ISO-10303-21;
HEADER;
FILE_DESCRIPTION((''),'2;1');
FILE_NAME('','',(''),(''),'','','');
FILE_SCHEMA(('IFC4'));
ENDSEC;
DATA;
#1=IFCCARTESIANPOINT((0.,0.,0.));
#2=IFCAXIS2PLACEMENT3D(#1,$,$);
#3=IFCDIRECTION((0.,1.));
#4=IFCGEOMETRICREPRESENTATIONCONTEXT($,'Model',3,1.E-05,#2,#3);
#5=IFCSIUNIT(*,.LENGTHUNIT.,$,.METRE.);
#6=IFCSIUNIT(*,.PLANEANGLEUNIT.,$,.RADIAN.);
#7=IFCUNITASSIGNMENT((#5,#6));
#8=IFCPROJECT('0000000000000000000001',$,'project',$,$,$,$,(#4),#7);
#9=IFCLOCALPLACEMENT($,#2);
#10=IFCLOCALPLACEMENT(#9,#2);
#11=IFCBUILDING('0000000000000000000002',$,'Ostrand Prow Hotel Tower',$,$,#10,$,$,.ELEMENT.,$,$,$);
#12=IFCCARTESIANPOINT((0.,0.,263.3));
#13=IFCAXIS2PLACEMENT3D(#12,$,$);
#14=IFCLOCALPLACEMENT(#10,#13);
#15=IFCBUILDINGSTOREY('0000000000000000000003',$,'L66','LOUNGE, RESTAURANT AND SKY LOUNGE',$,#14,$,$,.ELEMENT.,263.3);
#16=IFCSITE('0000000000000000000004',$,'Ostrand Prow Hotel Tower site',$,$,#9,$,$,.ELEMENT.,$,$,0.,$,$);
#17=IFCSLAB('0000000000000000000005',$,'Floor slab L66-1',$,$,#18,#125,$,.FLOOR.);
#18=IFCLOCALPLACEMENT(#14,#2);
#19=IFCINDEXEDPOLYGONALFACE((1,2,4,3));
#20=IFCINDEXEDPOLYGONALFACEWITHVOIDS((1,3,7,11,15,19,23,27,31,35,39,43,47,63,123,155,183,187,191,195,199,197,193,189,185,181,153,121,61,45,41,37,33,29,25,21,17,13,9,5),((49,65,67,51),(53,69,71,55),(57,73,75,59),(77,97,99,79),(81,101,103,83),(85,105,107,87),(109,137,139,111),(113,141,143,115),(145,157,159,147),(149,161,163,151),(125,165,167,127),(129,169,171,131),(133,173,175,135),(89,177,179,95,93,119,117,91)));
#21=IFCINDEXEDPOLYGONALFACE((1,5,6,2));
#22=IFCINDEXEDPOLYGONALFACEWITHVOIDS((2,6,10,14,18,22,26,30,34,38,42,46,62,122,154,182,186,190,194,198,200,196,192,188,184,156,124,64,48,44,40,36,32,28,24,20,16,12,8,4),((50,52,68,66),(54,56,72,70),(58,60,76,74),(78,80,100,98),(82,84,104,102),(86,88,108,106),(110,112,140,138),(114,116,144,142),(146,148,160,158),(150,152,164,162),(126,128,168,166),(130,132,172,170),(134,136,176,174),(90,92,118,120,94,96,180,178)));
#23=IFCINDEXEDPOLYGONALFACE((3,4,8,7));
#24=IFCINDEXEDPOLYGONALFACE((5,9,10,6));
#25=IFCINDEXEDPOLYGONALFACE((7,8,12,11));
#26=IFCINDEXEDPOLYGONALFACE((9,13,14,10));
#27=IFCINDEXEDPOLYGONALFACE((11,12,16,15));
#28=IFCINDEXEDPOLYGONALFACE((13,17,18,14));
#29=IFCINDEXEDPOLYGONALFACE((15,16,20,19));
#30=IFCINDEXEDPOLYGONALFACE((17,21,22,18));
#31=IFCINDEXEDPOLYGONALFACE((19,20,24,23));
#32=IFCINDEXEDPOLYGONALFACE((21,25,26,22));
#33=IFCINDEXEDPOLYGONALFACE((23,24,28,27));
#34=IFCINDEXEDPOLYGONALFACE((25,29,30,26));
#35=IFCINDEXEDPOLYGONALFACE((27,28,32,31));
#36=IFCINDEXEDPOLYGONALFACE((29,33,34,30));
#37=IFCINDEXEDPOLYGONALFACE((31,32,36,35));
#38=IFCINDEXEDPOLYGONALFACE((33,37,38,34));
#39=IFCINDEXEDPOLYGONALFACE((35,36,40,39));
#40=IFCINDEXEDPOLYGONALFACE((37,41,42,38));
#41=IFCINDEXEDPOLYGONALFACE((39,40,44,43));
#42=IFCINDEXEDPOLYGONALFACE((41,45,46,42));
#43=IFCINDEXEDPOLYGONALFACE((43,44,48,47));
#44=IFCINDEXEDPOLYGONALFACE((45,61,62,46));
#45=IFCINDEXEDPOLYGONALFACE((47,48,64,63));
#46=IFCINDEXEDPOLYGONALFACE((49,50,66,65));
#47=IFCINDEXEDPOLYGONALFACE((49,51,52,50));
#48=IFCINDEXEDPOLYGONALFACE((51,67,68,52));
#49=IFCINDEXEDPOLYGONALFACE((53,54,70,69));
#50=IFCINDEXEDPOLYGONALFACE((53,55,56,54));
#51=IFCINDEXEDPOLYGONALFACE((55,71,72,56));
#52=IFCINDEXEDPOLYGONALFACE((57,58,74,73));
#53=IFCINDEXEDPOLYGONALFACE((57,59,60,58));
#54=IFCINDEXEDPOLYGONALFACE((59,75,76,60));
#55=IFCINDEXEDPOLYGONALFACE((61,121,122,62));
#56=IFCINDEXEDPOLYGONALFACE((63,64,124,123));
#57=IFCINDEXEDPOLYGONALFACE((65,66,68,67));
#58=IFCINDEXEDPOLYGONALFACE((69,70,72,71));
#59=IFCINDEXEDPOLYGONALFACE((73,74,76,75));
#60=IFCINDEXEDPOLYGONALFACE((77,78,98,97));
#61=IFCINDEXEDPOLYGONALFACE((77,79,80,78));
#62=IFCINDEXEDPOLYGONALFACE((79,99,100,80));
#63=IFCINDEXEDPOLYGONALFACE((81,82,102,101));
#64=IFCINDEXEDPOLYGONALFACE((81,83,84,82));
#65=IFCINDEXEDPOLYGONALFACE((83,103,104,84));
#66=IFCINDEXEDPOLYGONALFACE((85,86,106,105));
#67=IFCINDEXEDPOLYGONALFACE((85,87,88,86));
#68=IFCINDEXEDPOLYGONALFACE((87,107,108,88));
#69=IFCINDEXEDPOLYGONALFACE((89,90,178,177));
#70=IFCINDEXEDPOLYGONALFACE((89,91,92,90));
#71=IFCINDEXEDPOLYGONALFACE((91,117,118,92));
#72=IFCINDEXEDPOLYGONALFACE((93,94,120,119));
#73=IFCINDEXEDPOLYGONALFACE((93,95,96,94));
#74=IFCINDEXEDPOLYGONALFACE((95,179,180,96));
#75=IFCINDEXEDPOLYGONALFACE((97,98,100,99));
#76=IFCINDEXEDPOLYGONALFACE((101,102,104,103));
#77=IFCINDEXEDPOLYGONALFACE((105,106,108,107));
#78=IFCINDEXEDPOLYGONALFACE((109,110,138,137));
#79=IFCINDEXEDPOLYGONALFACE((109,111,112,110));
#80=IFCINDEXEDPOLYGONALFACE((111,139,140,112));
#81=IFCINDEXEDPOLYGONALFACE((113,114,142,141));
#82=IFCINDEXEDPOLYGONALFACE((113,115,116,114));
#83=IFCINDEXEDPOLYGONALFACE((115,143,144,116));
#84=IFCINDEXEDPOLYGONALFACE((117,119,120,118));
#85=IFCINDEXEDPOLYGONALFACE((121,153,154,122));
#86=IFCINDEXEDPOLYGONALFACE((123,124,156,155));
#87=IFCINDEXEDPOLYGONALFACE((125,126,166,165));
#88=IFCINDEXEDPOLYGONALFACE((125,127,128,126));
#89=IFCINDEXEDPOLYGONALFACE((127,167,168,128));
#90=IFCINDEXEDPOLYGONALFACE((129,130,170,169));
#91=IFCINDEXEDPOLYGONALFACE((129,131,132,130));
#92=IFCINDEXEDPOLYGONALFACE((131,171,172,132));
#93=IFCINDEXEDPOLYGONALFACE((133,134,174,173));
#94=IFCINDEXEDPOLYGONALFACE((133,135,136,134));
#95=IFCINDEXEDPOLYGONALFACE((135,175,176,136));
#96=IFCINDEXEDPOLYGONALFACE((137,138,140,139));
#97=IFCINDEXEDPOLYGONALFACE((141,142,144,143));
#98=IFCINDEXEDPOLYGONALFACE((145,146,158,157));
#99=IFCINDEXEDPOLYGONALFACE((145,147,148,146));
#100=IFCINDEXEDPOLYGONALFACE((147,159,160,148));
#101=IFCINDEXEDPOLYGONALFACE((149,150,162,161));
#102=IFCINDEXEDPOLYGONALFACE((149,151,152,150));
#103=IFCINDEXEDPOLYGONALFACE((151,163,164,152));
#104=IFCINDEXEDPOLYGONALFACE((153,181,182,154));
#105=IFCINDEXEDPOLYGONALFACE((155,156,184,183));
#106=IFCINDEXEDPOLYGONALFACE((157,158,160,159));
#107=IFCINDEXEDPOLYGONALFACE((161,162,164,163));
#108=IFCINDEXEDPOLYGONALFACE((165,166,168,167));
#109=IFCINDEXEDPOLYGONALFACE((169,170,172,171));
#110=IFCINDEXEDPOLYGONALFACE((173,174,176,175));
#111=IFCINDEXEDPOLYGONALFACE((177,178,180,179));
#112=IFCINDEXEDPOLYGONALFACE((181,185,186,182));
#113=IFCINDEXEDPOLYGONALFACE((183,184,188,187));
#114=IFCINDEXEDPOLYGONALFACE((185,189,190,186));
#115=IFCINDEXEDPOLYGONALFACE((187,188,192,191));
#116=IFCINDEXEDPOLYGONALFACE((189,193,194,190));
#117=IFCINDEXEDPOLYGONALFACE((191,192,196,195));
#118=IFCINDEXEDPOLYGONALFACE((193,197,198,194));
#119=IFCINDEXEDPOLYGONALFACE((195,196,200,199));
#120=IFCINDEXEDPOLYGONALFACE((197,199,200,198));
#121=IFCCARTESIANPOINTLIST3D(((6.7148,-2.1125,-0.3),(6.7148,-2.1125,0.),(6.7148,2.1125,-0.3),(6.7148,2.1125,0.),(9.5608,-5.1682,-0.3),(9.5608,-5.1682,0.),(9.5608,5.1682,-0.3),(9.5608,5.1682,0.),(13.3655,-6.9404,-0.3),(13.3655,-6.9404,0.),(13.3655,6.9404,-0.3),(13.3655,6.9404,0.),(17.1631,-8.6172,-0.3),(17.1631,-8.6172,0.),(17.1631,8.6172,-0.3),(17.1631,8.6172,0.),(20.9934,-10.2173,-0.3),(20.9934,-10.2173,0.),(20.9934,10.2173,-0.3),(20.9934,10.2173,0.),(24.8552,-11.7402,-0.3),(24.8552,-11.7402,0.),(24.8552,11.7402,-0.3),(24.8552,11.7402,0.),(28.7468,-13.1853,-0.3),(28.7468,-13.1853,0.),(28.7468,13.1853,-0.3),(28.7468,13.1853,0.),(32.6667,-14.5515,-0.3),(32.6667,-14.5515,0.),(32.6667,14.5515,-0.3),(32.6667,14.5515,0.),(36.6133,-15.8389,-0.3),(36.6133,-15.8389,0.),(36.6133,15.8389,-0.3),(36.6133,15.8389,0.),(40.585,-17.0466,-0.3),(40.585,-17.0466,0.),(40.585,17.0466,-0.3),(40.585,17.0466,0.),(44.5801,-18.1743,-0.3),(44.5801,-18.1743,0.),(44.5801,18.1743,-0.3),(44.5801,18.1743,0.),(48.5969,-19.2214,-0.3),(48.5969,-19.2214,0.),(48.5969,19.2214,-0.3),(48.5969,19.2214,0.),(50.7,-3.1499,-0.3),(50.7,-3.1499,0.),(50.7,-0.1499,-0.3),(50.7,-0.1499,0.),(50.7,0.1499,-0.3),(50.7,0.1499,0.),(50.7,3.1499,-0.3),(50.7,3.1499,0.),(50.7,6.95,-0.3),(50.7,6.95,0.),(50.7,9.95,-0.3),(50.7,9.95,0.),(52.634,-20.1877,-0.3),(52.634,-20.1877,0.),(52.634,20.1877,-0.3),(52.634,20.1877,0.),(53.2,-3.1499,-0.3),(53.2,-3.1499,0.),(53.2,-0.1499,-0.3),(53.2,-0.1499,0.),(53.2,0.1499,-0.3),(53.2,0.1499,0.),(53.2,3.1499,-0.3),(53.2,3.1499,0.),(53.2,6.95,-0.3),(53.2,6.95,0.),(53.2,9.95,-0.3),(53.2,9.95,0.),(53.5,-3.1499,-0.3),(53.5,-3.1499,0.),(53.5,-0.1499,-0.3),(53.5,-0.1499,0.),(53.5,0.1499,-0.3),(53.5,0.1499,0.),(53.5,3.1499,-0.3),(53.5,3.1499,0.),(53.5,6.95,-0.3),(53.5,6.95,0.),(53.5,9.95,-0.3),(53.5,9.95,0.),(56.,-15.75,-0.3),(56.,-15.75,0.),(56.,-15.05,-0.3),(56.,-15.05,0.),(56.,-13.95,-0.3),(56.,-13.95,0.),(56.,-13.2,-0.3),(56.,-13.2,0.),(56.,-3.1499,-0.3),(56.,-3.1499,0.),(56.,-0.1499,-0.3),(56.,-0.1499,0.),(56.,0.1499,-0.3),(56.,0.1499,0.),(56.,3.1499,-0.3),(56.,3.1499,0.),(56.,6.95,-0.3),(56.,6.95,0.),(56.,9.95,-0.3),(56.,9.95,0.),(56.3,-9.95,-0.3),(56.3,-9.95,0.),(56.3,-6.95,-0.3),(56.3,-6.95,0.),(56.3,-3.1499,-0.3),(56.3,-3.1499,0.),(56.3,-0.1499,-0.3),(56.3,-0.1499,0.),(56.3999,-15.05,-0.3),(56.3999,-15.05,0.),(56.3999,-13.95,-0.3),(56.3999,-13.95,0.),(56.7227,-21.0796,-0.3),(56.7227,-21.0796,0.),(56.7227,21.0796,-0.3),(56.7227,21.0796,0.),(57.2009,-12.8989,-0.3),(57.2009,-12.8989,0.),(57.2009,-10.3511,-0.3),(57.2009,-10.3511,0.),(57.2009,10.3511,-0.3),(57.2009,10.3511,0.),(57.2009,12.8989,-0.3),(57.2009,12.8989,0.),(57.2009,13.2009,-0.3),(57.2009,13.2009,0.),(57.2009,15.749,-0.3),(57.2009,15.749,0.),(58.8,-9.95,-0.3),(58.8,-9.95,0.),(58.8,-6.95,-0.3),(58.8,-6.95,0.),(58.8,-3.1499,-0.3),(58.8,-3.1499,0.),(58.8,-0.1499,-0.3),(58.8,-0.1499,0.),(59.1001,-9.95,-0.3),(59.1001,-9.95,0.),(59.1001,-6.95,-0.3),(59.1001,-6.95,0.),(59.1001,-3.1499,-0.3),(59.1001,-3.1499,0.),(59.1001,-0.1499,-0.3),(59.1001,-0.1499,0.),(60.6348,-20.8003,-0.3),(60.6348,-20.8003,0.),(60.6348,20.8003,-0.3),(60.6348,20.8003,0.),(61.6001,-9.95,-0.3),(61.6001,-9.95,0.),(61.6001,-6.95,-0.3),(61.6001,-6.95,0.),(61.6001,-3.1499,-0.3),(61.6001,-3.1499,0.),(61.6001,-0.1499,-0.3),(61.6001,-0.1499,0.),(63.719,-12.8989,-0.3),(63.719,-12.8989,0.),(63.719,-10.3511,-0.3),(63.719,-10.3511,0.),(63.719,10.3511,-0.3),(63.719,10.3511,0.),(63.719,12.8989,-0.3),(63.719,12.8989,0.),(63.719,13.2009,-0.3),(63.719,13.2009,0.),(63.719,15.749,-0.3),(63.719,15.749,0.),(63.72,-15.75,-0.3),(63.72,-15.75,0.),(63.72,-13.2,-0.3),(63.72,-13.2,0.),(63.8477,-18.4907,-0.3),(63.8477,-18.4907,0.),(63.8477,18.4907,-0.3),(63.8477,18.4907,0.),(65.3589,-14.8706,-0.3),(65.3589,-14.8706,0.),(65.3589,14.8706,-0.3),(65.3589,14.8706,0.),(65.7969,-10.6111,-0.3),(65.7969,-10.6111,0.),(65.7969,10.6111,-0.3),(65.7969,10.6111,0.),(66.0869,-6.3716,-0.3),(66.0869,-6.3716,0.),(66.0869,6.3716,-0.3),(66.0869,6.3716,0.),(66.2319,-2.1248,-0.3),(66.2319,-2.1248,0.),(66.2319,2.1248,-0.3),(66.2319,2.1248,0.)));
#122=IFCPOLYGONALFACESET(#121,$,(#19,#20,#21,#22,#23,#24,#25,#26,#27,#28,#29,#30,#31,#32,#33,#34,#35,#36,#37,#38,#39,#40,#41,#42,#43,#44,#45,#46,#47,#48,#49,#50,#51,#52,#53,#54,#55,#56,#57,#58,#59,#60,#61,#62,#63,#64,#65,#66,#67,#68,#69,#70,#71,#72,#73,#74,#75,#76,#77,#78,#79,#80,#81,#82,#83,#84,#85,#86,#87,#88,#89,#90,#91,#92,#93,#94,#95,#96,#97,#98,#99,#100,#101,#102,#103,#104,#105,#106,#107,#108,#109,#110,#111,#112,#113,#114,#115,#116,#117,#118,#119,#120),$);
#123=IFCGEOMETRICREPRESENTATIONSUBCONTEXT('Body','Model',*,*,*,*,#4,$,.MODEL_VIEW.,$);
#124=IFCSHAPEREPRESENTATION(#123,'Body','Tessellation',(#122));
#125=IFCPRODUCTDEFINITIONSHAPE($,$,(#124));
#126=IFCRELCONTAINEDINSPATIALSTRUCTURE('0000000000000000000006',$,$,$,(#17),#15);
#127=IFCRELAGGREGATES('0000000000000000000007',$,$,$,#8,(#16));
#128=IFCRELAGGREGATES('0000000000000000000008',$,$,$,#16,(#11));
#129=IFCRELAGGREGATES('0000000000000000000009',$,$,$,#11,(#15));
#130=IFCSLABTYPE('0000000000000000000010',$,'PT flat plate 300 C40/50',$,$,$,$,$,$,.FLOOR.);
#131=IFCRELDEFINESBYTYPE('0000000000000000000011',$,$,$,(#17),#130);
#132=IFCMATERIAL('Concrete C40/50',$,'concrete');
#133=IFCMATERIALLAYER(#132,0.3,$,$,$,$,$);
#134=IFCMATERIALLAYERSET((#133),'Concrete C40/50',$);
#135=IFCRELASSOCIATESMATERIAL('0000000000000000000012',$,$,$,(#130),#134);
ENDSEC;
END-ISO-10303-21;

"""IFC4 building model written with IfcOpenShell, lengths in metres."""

from ifc_helpers import new_model, si_unit, direction, frame, origin, place, context, subcontext, project, spatial, polyline, outline, extrude, material, layer, layer_set, type_object, element, save


model = new_model("IFC4")

# Units and contexts
model_context = context("Model", 3, precision=1e-05, world=origin(), true_north=direction((0.0, 1.0)))
body_context = subcontext(model_context, "Body", "Model", "MODEL_VIEW")
ifc_project = project(units=[si_unit("LENGTHUNIT", "METRE"), si_unit("PLANEANGLEUNIT", "RADIAN")], contexts=[model_context])

# Site, building, storey
site_placement = place(None, origin())
site = spatial("IfcSite", under=ifc_project, at=site_placement, Name="Ostrand Prow Hotel Tower site", CompositionType="ELEMENT", RefElevation=0.0)
building_placement = place(site_placement, origin())
building = spatial("IfcBuilding", under=site, at=building_placement, Name="Ostrand Prow Hotel Tower", CompositionType="ELEMENT")
storey_placement = place(building_placement, frame((0.0, 0.0, 263.3)))
storey = spatial("IfcBuildingStorey", under=building, at=storey_placement, Name="L66", Description="LOUNGE, RESTAURANT AND SKY LOUNGE", CompositionType="ELEMENT", Elevation=263.3)

# Slab, opening
ifc_material_1 = material(Name="Concrete C40/50", Category="concrete")
ifc_layer_1 = layer(ifc_material_1, 0.3)
ifc_layer_set_1 = layer_set([ifc_layer_1], Name="Concrete C40/50")
slab_type_1 = type_object("IfcSlabType", Name="PT flat plate 300 C40/50", PredefinedType="FLOOR", material=ifc_layer_set_1)
slab_1_placement = place(storey_placement, frame((0.0, 0.0, -0.3)))
slab_1 = element("IfcSlab", 1, at=slab_1_placement, inside=storey, type_object=slab_type_1, Name="Floor slab L66-1", PredefinedType="FLOOR", context=body_context, shape_type="SweptSolid", body=[
    extrude(outline(polyline([(9.5608, 5.1682), (13.3655, 6.9404), (17.1631, 8.6172), (20.9934, 10.2173), (24.8552, 11.7402), (28.7468, 13.1853), (32.6667, 14.5515), (36.6133, 15.8389), (40.585, 17.0466), (44.5801, 18.1743), (48.5969, 19.2214), (52.634, 20.1877), (56.7227, 21.0796), (60.6348, 20.8003), (63.8477, 18.4907), (65.3589, 14.8706), (65.7969, 10.6111), (66.0869, 6.3716), (66.2319, 2.1248), (66.2319, -2.1248), (66.0869, -6.3716), (65.7969, -10.6111), (65.3589, -14.8706), (63.8477, -18.4907), (60.6348, -20.8003), (56.7227, -21.0796), (52.634, -20.1877), (48.5969, -19.2214), (44.5801, -18.1743), (40.585, -17.0466), (36.6133, -15.8389), (32.6667, -14.5515), (28.7468, -13.1853), (24.8552, -11.7402), (20.9934, -10.2173), (17.1631, -8.6172), (13.3655, -6.9404), (9.5608, -5.1682), (6.7148, -2.1125), (6.7148, 2.1125), (9.5608, 5.1682)]), holes=[polyline([(50.7, 6.95), (53.2, 6.95), (53.2, 9.95), (50.7, 9.95), (50.7, 6.95)]), polyline([(53.5, 6.95), (56.0, 6.95), (56.0, 9.95), (53.5, 9.95), (53.5, 6.95)]), polyline([(50.7, 0.1499), (53.2, 0.1499), (53.2, 3.1499), (50.7, 3.1499), (50.7, 0.1499)]), polyline([(53.5, 0.1499), (56.0, 0.1499), (56.0, 3.1499), (53.5, 3.1499), (53.5, 0.1499)]), polyline([(50.7, -3.1499), (53.2, -3.1499), (53.2, -0.1499), (50.7, -0.1499), (50.7, -3.1499)]), polyline([(53.5, -3.1499), (56.0, -3.1499), (56.0, -0.1499), (53.5, -0.1499), (53.5, -3.1499)]), polyline([(56.3, -3.1499), (58.8, -3.1499), (58.8, -0.1499), (56.3, -0.1499), (56.3, -3.1499)]), polyline([(59.1001, -3.1499), (61.6001, -3.1499), (61.6001, -0.1499), (59.1001, -0.1499), (59.1001, -3.1499)]), polyline([(56.3, -9.95), (58.8, -9.95), (58.8, -6.95), (56.3, -6.95), (56.3, -9.95)]), polyline([(59.1001, -9.95), (61.6001, -9.95), (61.6001, -6.95), (59.1001, -6.95), (59.1001, -9.95)]), polyline([(57.2009, 10.3511), (57.2009, 12.8989), (63.719, 12.8989), (63.719, 10.3511), (57.2009, 10.3511)]), polyline([(57.2009, 13.2009), (57.2009, 15.749), (63.719, 15.749), (63.719, 13.2009), (57.2009, 13.2009)]), polyline([(57.2009, -12.8989), (57.2009, -10.3511), (63.719, -10.3511), (63.719, -12.8989), (57.2009, -12.8989)]), polyline([(56.0, -13.95), (56.0, -13.2), (63.72, -13.2), (63.72, -15.75), (56.0, -15.75), (56.0, -15.05), (56.3999, -15.05), (56.3999, -13.95), (56.0, -13.95)])]), origin(), (0.0, 0.0, 1.0), 0.3),
])
opening_placement = place(slab_1_placement, origin())
element("IfcOpeningElement", 2, at=opening_placement, cuts=slab_1, PredefinedType="OPENING", context=body_context, shape_type="SweptSolid", body=[
    extrude(outline(polyline([(56.0, -13.95), (56.0, -13.2), (63.72, -13.2), (63.72, -15.75), (56.0, -15.75), (56.0, -15.05), (56.3999, -15.05), (56.3999, -13.95), (56.0, -13.95)])), origin(), (0.0, 0.0, 1.0), 0.3),
])

save(model, "model.ifc")
